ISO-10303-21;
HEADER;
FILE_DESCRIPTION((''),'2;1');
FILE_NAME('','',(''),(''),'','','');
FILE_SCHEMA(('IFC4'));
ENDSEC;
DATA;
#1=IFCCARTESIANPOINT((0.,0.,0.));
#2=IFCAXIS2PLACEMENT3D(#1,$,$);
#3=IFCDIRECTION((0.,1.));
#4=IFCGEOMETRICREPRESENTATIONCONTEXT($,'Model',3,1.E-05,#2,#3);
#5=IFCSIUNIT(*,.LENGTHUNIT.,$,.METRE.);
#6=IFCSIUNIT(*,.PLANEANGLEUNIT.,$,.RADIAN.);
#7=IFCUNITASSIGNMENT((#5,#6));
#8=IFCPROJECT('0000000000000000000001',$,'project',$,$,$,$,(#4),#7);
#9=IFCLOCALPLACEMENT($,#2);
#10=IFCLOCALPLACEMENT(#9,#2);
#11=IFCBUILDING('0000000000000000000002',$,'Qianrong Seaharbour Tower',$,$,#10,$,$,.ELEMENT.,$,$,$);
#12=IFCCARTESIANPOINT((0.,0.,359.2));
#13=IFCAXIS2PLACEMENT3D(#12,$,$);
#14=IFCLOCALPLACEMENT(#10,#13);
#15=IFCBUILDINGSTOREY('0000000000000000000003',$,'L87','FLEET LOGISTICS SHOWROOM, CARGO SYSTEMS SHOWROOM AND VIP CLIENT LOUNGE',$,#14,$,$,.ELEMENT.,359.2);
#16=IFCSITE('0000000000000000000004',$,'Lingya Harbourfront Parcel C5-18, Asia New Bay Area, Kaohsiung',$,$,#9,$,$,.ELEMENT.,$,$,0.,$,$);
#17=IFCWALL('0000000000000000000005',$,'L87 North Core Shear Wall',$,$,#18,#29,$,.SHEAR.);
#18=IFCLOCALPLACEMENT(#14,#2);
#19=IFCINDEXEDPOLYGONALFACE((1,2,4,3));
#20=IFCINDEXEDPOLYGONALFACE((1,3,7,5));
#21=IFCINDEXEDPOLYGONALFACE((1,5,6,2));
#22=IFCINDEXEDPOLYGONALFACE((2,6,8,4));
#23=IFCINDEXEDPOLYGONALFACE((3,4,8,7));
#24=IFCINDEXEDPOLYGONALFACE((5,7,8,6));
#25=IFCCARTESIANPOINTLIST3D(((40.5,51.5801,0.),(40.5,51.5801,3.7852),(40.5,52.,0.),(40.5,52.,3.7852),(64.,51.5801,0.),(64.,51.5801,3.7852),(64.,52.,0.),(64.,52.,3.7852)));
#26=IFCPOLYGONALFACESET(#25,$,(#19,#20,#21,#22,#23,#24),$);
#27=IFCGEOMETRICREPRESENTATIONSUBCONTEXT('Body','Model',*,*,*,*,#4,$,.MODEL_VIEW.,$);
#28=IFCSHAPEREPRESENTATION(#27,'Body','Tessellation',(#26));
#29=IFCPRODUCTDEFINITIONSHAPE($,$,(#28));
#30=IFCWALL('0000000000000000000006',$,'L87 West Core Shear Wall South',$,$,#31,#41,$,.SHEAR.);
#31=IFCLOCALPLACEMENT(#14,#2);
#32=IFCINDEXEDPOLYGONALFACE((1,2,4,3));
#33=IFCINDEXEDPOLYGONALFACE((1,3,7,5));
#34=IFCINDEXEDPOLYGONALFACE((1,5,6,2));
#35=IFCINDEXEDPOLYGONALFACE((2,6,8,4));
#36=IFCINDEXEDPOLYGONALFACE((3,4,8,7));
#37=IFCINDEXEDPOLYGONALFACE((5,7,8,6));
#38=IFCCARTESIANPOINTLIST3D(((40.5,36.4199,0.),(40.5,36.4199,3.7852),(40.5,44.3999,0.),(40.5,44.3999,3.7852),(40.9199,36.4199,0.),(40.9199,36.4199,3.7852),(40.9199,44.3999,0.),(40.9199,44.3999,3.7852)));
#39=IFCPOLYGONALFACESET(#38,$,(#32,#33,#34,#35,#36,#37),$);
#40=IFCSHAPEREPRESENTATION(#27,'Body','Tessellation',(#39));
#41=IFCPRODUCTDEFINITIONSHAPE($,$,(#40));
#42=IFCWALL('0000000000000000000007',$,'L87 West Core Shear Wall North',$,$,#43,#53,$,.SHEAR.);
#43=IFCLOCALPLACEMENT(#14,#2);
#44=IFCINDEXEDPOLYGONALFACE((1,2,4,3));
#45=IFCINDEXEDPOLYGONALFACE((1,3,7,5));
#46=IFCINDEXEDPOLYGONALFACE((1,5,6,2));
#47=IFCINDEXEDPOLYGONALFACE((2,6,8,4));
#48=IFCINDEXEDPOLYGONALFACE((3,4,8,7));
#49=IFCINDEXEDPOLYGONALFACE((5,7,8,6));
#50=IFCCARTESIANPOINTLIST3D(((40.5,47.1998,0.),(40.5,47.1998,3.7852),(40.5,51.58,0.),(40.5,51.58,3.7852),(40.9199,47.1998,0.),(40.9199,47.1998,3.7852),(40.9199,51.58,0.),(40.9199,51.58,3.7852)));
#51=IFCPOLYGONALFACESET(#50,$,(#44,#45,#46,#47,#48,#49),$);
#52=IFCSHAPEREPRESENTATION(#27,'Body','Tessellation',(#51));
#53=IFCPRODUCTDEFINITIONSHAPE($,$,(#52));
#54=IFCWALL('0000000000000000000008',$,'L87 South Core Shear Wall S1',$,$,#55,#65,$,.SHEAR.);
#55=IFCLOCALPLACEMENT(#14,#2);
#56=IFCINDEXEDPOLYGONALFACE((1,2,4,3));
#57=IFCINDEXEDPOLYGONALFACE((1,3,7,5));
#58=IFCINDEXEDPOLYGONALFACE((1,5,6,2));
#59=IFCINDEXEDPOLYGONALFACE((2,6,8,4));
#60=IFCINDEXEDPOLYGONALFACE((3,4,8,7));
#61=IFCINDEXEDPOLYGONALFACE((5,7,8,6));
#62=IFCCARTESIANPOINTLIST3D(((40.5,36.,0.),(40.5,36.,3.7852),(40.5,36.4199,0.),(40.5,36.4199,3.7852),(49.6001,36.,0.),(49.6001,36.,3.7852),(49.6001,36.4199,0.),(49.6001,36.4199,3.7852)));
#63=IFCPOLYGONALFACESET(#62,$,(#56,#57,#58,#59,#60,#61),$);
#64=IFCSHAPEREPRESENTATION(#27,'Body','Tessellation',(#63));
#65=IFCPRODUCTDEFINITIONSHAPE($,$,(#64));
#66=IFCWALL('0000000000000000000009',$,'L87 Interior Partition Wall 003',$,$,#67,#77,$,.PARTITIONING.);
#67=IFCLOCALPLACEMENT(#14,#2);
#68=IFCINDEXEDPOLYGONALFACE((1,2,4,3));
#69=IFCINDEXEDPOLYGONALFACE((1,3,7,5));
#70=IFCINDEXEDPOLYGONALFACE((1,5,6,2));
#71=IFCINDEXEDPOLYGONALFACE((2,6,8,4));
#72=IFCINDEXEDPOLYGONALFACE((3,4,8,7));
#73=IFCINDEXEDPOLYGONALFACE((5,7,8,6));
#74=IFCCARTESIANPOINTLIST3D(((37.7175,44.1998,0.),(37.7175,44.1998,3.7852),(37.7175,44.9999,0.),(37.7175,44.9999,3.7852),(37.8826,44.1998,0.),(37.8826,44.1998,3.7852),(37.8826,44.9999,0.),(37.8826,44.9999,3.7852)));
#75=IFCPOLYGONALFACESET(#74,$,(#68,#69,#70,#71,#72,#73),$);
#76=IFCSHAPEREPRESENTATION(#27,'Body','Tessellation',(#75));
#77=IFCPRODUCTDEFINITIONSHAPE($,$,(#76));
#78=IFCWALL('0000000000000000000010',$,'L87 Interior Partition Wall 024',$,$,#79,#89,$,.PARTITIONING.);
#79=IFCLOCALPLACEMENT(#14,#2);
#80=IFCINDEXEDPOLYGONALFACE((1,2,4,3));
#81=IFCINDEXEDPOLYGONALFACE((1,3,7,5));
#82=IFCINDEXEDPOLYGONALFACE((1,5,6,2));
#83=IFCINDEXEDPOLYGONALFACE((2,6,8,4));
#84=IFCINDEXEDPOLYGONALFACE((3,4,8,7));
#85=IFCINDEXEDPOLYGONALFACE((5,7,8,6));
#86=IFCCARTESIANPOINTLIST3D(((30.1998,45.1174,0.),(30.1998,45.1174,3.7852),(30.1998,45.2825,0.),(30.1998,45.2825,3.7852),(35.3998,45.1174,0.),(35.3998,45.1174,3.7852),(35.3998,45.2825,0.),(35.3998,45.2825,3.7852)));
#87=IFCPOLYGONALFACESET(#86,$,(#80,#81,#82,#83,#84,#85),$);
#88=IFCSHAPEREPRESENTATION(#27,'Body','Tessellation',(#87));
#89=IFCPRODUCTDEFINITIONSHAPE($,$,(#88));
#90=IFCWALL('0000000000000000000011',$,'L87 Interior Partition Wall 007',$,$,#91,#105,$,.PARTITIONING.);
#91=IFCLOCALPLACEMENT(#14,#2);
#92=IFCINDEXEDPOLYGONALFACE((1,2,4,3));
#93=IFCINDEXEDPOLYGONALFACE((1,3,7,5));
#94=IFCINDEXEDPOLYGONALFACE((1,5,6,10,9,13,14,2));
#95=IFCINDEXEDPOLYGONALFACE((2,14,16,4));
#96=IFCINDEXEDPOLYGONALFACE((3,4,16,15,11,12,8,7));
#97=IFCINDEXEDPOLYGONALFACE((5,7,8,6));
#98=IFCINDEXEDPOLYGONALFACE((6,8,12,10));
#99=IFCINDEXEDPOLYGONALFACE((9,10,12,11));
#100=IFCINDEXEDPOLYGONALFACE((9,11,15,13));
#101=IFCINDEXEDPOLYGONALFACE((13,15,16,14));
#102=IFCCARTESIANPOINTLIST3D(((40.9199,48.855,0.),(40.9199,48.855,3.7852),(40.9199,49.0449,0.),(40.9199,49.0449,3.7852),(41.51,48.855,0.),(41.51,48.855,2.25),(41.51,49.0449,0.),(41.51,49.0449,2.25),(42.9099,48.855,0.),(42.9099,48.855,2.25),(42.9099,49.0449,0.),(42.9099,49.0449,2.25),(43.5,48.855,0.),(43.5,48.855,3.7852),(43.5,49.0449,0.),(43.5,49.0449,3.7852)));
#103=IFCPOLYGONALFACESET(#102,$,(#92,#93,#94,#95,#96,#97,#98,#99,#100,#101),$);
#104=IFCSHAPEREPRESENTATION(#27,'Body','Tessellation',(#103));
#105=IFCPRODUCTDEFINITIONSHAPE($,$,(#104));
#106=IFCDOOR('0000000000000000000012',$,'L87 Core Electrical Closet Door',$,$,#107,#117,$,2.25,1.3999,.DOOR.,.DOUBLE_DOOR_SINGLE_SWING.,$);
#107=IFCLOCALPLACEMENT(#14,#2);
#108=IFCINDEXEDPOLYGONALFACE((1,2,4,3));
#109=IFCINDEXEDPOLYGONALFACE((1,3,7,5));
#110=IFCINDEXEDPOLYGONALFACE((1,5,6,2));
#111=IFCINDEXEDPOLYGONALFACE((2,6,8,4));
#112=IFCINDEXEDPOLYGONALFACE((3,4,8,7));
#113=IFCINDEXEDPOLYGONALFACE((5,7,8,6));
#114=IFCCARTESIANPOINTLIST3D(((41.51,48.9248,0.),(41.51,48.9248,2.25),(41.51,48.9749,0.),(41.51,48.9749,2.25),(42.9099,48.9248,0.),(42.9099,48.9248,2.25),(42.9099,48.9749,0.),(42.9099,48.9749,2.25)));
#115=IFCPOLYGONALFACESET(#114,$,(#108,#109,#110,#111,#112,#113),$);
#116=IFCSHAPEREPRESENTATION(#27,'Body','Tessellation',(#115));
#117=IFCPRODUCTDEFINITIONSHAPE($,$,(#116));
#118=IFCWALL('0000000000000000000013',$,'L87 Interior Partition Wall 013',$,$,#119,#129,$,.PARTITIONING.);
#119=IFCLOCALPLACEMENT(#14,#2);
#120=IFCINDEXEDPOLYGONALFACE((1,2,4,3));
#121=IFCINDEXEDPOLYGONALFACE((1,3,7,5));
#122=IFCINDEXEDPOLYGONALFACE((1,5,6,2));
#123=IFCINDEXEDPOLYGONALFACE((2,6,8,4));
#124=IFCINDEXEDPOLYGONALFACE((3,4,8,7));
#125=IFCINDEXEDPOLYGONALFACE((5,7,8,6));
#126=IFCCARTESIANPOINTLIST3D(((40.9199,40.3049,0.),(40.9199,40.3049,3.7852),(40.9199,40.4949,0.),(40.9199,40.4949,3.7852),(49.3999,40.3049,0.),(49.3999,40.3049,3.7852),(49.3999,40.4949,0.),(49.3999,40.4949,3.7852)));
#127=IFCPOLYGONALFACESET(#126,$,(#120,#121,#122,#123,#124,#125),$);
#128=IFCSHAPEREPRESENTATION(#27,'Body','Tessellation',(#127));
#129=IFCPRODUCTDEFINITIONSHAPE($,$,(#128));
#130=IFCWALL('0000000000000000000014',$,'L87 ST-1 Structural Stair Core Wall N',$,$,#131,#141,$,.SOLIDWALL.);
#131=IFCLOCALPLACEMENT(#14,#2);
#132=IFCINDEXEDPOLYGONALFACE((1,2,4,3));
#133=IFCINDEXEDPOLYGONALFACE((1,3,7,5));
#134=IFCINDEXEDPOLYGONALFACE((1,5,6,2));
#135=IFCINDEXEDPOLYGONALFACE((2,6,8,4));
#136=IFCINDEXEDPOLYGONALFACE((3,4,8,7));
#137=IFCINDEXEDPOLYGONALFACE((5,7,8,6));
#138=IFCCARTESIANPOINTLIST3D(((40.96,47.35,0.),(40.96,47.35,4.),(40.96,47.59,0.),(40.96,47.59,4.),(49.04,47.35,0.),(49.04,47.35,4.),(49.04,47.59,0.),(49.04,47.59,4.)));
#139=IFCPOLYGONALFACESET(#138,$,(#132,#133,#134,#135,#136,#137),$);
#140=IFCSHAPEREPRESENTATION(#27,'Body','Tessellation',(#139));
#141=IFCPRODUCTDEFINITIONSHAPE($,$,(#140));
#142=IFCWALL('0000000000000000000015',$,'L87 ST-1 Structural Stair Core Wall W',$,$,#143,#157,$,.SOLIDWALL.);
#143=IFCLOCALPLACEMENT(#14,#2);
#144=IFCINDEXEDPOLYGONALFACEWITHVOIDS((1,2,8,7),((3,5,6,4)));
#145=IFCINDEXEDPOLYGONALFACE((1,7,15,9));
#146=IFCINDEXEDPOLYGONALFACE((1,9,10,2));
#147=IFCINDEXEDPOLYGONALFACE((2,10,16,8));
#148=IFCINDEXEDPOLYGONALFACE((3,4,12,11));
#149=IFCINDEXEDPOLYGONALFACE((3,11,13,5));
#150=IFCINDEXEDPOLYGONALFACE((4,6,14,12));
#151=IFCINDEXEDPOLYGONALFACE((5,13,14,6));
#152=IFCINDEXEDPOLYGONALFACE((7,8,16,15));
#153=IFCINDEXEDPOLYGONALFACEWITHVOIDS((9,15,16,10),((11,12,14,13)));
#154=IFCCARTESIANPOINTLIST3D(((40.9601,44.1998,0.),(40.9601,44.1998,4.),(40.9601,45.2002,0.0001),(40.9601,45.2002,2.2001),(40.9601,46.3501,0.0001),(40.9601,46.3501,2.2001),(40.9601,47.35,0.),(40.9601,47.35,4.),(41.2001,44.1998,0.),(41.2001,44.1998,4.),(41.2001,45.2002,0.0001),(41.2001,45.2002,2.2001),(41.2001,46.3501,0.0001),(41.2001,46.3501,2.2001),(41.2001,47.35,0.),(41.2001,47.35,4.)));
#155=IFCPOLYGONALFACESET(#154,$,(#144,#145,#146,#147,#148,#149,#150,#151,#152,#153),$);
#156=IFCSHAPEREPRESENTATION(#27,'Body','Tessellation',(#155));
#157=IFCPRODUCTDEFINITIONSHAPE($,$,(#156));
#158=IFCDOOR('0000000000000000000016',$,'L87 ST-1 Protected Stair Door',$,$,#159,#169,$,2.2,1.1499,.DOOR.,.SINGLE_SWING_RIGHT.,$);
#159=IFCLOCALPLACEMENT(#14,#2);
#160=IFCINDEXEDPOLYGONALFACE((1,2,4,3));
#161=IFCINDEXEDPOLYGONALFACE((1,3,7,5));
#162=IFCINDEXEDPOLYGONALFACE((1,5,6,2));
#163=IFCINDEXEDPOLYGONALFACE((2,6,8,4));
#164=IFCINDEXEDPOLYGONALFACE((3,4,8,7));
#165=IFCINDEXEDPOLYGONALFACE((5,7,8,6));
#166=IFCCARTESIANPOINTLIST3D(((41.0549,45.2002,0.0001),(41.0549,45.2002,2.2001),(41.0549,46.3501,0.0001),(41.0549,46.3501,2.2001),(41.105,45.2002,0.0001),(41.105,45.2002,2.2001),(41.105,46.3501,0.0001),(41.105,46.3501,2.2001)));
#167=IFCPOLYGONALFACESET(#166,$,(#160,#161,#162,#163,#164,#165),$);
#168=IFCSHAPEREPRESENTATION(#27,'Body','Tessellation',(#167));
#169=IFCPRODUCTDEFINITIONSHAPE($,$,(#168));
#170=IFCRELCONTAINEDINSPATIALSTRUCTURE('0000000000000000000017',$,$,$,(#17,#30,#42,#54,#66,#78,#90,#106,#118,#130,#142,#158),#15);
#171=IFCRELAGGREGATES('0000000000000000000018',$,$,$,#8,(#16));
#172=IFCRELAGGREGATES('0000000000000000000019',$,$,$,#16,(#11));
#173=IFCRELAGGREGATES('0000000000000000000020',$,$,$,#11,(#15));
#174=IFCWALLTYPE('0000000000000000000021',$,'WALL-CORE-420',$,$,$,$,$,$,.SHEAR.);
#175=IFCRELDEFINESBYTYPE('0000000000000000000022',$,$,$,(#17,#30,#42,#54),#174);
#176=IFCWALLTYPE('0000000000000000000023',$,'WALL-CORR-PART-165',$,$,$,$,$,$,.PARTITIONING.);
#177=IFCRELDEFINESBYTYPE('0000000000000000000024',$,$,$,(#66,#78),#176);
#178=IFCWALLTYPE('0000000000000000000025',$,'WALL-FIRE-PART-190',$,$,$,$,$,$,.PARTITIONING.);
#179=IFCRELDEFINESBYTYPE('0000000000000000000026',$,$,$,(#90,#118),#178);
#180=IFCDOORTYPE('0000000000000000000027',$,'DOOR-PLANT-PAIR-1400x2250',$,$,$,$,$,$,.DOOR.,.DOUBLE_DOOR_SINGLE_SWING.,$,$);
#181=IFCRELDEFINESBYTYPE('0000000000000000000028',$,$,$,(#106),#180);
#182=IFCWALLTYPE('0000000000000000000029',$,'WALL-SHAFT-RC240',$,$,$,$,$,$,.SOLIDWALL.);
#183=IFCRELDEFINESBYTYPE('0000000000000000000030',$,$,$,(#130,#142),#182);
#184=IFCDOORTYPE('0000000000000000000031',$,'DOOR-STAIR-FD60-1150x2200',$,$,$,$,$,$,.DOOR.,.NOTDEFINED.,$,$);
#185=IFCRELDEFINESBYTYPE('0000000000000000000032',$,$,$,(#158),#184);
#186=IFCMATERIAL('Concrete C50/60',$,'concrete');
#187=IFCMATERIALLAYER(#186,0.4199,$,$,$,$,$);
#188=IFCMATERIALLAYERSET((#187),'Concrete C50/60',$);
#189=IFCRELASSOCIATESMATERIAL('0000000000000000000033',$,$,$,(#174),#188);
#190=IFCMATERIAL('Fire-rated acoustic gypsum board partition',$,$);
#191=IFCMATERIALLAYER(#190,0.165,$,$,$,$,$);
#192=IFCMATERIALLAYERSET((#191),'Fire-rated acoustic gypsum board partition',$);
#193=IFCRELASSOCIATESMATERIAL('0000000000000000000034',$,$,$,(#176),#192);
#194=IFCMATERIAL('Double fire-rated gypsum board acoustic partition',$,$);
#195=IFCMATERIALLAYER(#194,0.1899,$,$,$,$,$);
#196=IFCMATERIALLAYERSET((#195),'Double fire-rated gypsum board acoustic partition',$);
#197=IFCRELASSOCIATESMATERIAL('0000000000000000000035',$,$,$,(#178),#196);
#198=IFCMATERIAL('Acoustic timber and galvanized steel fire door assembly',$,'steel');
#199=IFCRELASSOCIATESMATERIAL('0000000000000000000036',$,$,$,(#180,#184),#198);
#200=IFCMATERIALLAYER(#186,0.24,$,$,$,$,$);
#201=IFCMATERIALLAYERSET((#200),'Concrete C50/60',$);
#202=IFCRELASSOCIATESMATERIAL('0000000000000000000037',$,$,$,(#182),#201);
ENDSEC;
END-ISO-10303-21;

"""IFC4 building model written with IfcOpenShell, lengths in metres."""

from ifc_helpers import new_model, si_unit, direction, frame, frame_2d, origin, place, context, subcontext, project, spatial, rectangle, extrude, material, layer, layer_set, type_object, element, fill, save


model = new_model("IFC4")

# Units and contexts
model_context = context("Model", 3, precision=1e-05, world=origin(), true_north=direction((0.0, 1.0)))
body_context = subcontext(model_context, "Body", "Model", "MODEL_VIEW")
ifc_project = project(units=[si_unit("LENGTHUNIT", "METRE"), si_unit("PLANEANGLEUNIT", "RADIAN")], contexts=[model_context])

# Site, building, storey
site_placement = place(None, origin())
site = spatial("IfcSite", under=ifc_project, at=site_placement, Name="Lingya Harbourfront Parcel C5-18, Asia New Bay Area, Kaohsiung", CompositionType="ELEMENT", RefElevation=0.0)
building_placement = place(site_placement, origin())
building = spatial("IfcBuilding", under=site, at=building_placement, Name="Qianrong Seaharbour Tower", CompositionType="ELEMENT")
storey_placement = place(building_placement, frame((0.0, 0.0, 359.2)))
storey = spatial("IfcBuildingStorey", under=building, at=storey_placement, Name="L87", Description="FLEET LOGISTICS SHOWROOM, CARGO SYSTEMS SHOWROOM AND VIP CLIENT LOUNGE", CompositionType="ELEMENT", Elevation=359.2)

# Shared definitions
ifc_material_1 = material(Name="Concrete C50/60", Category="concrete")

# Walls
ifc_layer_1 = layer(ifc_material_1, 0.4199)
ifc_layer_set_1 = layer_set([ifc_layer_1], Name="Concrete C50/60")
wall_type_1 = type_object("IfcWallType", Name="WALL-CORE-420", PredefinedType="SHEAR", material=ifc_layer_set_1)
wall_1_placement = place(storey_placement, frame((40.5, 51.79, 0.0), z_axis=(0.0, 0.0, 1.0), x_axis=(1.0, 0.0, 0.0)))
element("IfcWall", 1, at=wall_1_placement, inside=storey, type_object=wall_type_1, Name="L87 North Core Shear Wall", PredefinedType="SHEAR", context=body_context, shape_type="SweptSolid", body=[
    extrude(rectangle(XDim=23.5, YDim=0.4199, at=frame_2d((11.75, 0.0))), origin(), (0.0, 0.0, 1.0), 3.7852),
])
wall_2_placement = place(storey_placement, frame((40.71, 36.4199, 0.0), z_axis=(0.0, 0.0, 1.0), x_axis=(0.0, 1.0, 0.0)))
element("IfcWall", 2, at=wall_2_placement, inside=storey, type_object=wall_type_1, Name="L87 West Core Shear Wall South", PredefinedType="SHEAR", context=body_context, shape_type="SweptSolid", body=[
    extrude(rectangle(XDim=7.98, YDim=0.4199, at=frame_2d((3.99, 0.0))), origin(), (0.0, 0.0, 1.0), 3.7852),
])
wall_3_placement = place(storey_placement, frame((40.71, 47.2, 0.0), z_axis=(0.0, 0.0, 1.0), x_axis=(0.0, 1.0, 0.0)))
element("IfcWall", 3, at=wall_3_placement, inside=storey, type_object=wall_type_1, Name="L87 West Core Shear Wall North", PredefinedType="SHEAR", context=body_context, shape_type="SweptSolid", body=[
    extrude(rectangle(XDim=4.3801, YDim=0.4199, at=frame_2d((2.1899, 0.0))), origin(), (0.0, 0.0, 1.0), 3.7852),
])
wall_4_placement = place(storey_placement, frame((40.5, 36.21, 0.0), z_axis=(0.0, 0.0, 1.0), x_axis=(1.0, 0.0, 0.0)))
element("IfcWall", 4, at=wall_4_placement, inside=storey, type_object=wall_type_1, Name="L87 South Core Shear Wall S1", PredefinedType="SHEAR", context=body_context, shape_type="SweptSolid", body=[
    extrude(rectangle(XDim=9.1001, YDim=0.4199, at=frame_2d((4.55, 0.0))), origin(), (0.0, 0.0, 1.0), 3.7852),
])

# Shared definitions
ifc_material_2 = material(Name="Fire-rated acoustic gypsum board partition")
ifc_layer_2 = layer(ifc_material_2, 0.165)
ifc_layer_set_2 = layer_set([ifc_layer_2], Name="Fire-rated acoustic gypsum board partition")
wall_type_2 = type_object("IfcWallType", Name="WALL-CORR-PART-165", PredefinedType="PARTITIONING", material=ifc_layer_set_2)
ifc_material_3 = material(Name="Acoustic timber and galvanized steel fire door assembly", Category="steel")

# Walls
wall_5_placement = place(storey_placement, frame((37.8, 44.2, 0.0), z_axis=(0.0, 0.0, 1.0), x_axis=(0.0, 1.0, 0.0)))
element("IfcWall", 5, at=wall_5_placement, inside=storey, type_object=wall_type_2, Name="L87 Interior Partition Wall 003", PredefinedType="PARTITIONING", context=body_context, shape_type="SweptSolid", body=[
    extrude(rectangle(XDim=0.8, YDim=0.165, at=frame_2d((0.3999, 0.0))), origin(), (0.0, 0.0, 1.0), 3.7852),
])
wall_6_placement = place(storey_placement, frame((35.3999, 45.2, 0.0), z_axis=(0.0, 0.0, 1.0), x_axis=(-1.0, 0.0, 0.0)))
element("IfcWall", 6, at=wall_6_placement, inside=storey, type_object=wall_type_2, Name="L87 Interior Partition Wall 024", PredefinedType="PARTITIONING", context=body_context, shape_type="SweptSolid", body=[
    extrude(rectangle(XDim=5.2, YDim=0.165, at=frame_2d((2.6001, 0.0))), origin(), (0.0, 0.0, 1.0), 3.7852),
])

# Wall, opening, door
ifc_material_4 = material(Name="Double fire-rated gypsum board acoustic partition")
ifc_layer_3 = layer(ifc_material_4, 0.1899)
ifc_layer_set_3 = layer_set([ifc_layer_3], Name="Double fire-rated gypsum board acoustic partition")
wall_type_3 = type_object("IfcWallType", Name="WALL-FIRE-PART-190", PredefinedType="PARTITIONING", material=ifc_layer_set_3)
wall_7_placement = place(storey_placement, frame((40.9199, 48.95, 0.0), z_axis=(0.0, 0.0, 1.0), x_axis=(1.0, 0.0, 0.0)))
wall_7 = element("IfcWall", 7, at=wall_7_placement, inside=storey, type_object=wall_type_3, Name="L87 Interior Partition Wall 007", PredefinedType="PARTITIONING", context=body_context, shape_type="SweptSolid", body=[
    extrude(rectangle(XDim=2.5801, YDim=0.1899, at=frame_2d((1.29, 0.0))), origin(), (0.0, 0.0, 1.0), 3.7852),
])
opening_1_placement = place(wall_7_placement, frame((0.5901, 0.0, 0.0)))
opening_1 = element("IfcOpeningElement", 8, at=opening_1_placement, cuts=wall_7, PredefinedType="OPENING", context=body_context, shape_type="SweptSolid", body=[
    extrude(rectangle(XDim=1.3999, YDim=2.25, at=frame_2d((0.7, 1.125))), frame((0.0, 0.105, 0.0), z_axis=(0.0, -1.0, 0.0), x_axis=(1.0, 0.0, 0.0)), (0.0, 0.0, 1.0), 0.21),
])
door_type_1 = type_object("IfcDoorType", Name="DOOR-PLANT-PAIR-1400x2250", OperationType="DOUBLE_DOOR_SINGLE_SWING", PredefinedType="DOOR", material=ifc_material_3)
door_1_placement = place(opening_1_placement, origin())
door_1 = element("IfcDoor", 9, at=door_1_placement, inside=storey, type_object=door_type_1, Name="L87 Core Electrical Closet Door", OperationType="DOUBLE_DOOR_SINGLE_SWING", OverallHeight=2.25, OverallWidth=1.3999, PredefinedType="DOOR", context=body_context, shape_type="SweptSolid", body=[
    extrude(rectangle(XDim=1.3999, YDim=2.25, at=frame_2d((0.7, 1.125))), frame((0.0, 0.0249, 0.0), z_axis=(0.0, -1.0, 0.0), x_axis=(1.0, 0.0, 0.0)), (0.0, 0.0, 1.0), 0.05),
])
fill(opening_1, door_1)

# Walls
wall_8_placement = place(storey_placement, frame((40.9199, 40.3999, 0.0), z_axis=(0.0, 0.0, 1.0), x_axis=(1.0, 0.0, 0.0)))
element("IfcWall", 10, at=wall_8_placement, inside=storey, type_object=wall_type_3, Name="L87 Interior Partition Wall 013", PredefinedType="PARTITIONING", context=body_context, shape_type="SweptSolid", body=[
    extrude(rectangle(XDim=8.48, YDim=0.1899, at=frame_2d((4.24, 0.0))), origin(), (0.0, 0.0, 1.0), 3.7852),
])
ifc_layer_4 = layer(ifc_material_1, 0.24)
ifc_layer_set_4 = layer_set([ifc_layer_4], Name="Concrete C50/60")
wall_type_4 = type_object("IfcWallType", Name="WALL-SHAFT-RC240", PredefinedType="SOLIDWALL", material=ifc_layer_set_4)
wall_9_placement = place(storey_placement, frame((40.96, 47.47, 0.0), z_axis=(0.0, 0.0, 1.0), x_axis=(1.0, 0.0, 0.0)))
element("IfcWall", 11, at=wall_9_placement, inside=storey, type_object=wall_type_4, Name="L87 ST-1 Structural Stair Core Wall N", PredefinedType="SOLIDWALL", context=body_context, shape_type="SweptSolid", body=[
    extrude(rectangle(XDim=8.0801, YDim=0.24, at=frame_2d((4.04, 0.0))), origin(), (0.0, 0.0, 1.0), 4.0),
])

# Wall, opening, door
wall_10_placement = place(storey_placement, frame((41.0801, 47.3501, 0.0), z_axis=(0.0, 0.0, 1.0), x_axis=(0.0, -1.0, 0.0)))
wall_10 = element("IfcWall", 12, at=wall_10_placement, inside=storey, type_object=wall_type_4, Name="L87 ST-1 Structural Stair Core Wall W", PredefinedType="SOLIDWALL", context=body_context, shape_type="SweptSolid", body=[
    extrude(rectangle(XDim=3.1501, YDim=0.24, at=frame_2d((1.5752, 0.0))), origin(), (0.0, 0.0, 1.0), 4.0),
])
opening_2_placement = place(wall_10_placement, frame((1.0, 0.0, 0.0)))
opening_2 = element("IfcOpeningElement", 13, at=opening_2_placement, cuts=wall_10, PredefinedType="OPENING", context=body_context, shape_type="SweptSolid", body=[
    extrude(rectangle(XDim=1.1499, YDim=2.2, at=frame_2d((0.575, 1.1001))), frame((0.0, 0.1299, 0.0), z_axis=(0.0, -1.0, 0.0), x_axis=(1.0, 0.0, 0.0)), (0.0, 0.0, 1.0), 0.26),
])
door_type_2 = type_object("IfcDoorType", Name="DOOR-STAIR-FD60-1150x2200", OperationType="NOTDEFINED", PredefinedType="DOOR", material=ifc_material_3)
door_2_placement = place(opening_2_placement, origin())
door_2 = element("IfcDoor", 14, at=door_2_placement, inside=storey, type_object=door_type_2, Name="L87 ST-1 Protected Stair Door", OperationType="SINGLE_SWING_RIGHT", OverallHeight=2.2, OverallWidth=1.1499, PredefinedType="DOOR", context=body_context, shape_type="SweptSolid", body=[
    extrude(rectangle(XDim=1.1499, YDim=2.2, at=frame_2d((0.575, 1.1001))), frame((0.0, 0.0249, 0.0), z_axis=(0.0, -1.0, 0.0), x_axis=(1.0, 0.0, 0.0)), (0.0, 0.0, 1.0), 0.05),
])
fill(opening_2, door_2)

save(model, "model.ifc")
